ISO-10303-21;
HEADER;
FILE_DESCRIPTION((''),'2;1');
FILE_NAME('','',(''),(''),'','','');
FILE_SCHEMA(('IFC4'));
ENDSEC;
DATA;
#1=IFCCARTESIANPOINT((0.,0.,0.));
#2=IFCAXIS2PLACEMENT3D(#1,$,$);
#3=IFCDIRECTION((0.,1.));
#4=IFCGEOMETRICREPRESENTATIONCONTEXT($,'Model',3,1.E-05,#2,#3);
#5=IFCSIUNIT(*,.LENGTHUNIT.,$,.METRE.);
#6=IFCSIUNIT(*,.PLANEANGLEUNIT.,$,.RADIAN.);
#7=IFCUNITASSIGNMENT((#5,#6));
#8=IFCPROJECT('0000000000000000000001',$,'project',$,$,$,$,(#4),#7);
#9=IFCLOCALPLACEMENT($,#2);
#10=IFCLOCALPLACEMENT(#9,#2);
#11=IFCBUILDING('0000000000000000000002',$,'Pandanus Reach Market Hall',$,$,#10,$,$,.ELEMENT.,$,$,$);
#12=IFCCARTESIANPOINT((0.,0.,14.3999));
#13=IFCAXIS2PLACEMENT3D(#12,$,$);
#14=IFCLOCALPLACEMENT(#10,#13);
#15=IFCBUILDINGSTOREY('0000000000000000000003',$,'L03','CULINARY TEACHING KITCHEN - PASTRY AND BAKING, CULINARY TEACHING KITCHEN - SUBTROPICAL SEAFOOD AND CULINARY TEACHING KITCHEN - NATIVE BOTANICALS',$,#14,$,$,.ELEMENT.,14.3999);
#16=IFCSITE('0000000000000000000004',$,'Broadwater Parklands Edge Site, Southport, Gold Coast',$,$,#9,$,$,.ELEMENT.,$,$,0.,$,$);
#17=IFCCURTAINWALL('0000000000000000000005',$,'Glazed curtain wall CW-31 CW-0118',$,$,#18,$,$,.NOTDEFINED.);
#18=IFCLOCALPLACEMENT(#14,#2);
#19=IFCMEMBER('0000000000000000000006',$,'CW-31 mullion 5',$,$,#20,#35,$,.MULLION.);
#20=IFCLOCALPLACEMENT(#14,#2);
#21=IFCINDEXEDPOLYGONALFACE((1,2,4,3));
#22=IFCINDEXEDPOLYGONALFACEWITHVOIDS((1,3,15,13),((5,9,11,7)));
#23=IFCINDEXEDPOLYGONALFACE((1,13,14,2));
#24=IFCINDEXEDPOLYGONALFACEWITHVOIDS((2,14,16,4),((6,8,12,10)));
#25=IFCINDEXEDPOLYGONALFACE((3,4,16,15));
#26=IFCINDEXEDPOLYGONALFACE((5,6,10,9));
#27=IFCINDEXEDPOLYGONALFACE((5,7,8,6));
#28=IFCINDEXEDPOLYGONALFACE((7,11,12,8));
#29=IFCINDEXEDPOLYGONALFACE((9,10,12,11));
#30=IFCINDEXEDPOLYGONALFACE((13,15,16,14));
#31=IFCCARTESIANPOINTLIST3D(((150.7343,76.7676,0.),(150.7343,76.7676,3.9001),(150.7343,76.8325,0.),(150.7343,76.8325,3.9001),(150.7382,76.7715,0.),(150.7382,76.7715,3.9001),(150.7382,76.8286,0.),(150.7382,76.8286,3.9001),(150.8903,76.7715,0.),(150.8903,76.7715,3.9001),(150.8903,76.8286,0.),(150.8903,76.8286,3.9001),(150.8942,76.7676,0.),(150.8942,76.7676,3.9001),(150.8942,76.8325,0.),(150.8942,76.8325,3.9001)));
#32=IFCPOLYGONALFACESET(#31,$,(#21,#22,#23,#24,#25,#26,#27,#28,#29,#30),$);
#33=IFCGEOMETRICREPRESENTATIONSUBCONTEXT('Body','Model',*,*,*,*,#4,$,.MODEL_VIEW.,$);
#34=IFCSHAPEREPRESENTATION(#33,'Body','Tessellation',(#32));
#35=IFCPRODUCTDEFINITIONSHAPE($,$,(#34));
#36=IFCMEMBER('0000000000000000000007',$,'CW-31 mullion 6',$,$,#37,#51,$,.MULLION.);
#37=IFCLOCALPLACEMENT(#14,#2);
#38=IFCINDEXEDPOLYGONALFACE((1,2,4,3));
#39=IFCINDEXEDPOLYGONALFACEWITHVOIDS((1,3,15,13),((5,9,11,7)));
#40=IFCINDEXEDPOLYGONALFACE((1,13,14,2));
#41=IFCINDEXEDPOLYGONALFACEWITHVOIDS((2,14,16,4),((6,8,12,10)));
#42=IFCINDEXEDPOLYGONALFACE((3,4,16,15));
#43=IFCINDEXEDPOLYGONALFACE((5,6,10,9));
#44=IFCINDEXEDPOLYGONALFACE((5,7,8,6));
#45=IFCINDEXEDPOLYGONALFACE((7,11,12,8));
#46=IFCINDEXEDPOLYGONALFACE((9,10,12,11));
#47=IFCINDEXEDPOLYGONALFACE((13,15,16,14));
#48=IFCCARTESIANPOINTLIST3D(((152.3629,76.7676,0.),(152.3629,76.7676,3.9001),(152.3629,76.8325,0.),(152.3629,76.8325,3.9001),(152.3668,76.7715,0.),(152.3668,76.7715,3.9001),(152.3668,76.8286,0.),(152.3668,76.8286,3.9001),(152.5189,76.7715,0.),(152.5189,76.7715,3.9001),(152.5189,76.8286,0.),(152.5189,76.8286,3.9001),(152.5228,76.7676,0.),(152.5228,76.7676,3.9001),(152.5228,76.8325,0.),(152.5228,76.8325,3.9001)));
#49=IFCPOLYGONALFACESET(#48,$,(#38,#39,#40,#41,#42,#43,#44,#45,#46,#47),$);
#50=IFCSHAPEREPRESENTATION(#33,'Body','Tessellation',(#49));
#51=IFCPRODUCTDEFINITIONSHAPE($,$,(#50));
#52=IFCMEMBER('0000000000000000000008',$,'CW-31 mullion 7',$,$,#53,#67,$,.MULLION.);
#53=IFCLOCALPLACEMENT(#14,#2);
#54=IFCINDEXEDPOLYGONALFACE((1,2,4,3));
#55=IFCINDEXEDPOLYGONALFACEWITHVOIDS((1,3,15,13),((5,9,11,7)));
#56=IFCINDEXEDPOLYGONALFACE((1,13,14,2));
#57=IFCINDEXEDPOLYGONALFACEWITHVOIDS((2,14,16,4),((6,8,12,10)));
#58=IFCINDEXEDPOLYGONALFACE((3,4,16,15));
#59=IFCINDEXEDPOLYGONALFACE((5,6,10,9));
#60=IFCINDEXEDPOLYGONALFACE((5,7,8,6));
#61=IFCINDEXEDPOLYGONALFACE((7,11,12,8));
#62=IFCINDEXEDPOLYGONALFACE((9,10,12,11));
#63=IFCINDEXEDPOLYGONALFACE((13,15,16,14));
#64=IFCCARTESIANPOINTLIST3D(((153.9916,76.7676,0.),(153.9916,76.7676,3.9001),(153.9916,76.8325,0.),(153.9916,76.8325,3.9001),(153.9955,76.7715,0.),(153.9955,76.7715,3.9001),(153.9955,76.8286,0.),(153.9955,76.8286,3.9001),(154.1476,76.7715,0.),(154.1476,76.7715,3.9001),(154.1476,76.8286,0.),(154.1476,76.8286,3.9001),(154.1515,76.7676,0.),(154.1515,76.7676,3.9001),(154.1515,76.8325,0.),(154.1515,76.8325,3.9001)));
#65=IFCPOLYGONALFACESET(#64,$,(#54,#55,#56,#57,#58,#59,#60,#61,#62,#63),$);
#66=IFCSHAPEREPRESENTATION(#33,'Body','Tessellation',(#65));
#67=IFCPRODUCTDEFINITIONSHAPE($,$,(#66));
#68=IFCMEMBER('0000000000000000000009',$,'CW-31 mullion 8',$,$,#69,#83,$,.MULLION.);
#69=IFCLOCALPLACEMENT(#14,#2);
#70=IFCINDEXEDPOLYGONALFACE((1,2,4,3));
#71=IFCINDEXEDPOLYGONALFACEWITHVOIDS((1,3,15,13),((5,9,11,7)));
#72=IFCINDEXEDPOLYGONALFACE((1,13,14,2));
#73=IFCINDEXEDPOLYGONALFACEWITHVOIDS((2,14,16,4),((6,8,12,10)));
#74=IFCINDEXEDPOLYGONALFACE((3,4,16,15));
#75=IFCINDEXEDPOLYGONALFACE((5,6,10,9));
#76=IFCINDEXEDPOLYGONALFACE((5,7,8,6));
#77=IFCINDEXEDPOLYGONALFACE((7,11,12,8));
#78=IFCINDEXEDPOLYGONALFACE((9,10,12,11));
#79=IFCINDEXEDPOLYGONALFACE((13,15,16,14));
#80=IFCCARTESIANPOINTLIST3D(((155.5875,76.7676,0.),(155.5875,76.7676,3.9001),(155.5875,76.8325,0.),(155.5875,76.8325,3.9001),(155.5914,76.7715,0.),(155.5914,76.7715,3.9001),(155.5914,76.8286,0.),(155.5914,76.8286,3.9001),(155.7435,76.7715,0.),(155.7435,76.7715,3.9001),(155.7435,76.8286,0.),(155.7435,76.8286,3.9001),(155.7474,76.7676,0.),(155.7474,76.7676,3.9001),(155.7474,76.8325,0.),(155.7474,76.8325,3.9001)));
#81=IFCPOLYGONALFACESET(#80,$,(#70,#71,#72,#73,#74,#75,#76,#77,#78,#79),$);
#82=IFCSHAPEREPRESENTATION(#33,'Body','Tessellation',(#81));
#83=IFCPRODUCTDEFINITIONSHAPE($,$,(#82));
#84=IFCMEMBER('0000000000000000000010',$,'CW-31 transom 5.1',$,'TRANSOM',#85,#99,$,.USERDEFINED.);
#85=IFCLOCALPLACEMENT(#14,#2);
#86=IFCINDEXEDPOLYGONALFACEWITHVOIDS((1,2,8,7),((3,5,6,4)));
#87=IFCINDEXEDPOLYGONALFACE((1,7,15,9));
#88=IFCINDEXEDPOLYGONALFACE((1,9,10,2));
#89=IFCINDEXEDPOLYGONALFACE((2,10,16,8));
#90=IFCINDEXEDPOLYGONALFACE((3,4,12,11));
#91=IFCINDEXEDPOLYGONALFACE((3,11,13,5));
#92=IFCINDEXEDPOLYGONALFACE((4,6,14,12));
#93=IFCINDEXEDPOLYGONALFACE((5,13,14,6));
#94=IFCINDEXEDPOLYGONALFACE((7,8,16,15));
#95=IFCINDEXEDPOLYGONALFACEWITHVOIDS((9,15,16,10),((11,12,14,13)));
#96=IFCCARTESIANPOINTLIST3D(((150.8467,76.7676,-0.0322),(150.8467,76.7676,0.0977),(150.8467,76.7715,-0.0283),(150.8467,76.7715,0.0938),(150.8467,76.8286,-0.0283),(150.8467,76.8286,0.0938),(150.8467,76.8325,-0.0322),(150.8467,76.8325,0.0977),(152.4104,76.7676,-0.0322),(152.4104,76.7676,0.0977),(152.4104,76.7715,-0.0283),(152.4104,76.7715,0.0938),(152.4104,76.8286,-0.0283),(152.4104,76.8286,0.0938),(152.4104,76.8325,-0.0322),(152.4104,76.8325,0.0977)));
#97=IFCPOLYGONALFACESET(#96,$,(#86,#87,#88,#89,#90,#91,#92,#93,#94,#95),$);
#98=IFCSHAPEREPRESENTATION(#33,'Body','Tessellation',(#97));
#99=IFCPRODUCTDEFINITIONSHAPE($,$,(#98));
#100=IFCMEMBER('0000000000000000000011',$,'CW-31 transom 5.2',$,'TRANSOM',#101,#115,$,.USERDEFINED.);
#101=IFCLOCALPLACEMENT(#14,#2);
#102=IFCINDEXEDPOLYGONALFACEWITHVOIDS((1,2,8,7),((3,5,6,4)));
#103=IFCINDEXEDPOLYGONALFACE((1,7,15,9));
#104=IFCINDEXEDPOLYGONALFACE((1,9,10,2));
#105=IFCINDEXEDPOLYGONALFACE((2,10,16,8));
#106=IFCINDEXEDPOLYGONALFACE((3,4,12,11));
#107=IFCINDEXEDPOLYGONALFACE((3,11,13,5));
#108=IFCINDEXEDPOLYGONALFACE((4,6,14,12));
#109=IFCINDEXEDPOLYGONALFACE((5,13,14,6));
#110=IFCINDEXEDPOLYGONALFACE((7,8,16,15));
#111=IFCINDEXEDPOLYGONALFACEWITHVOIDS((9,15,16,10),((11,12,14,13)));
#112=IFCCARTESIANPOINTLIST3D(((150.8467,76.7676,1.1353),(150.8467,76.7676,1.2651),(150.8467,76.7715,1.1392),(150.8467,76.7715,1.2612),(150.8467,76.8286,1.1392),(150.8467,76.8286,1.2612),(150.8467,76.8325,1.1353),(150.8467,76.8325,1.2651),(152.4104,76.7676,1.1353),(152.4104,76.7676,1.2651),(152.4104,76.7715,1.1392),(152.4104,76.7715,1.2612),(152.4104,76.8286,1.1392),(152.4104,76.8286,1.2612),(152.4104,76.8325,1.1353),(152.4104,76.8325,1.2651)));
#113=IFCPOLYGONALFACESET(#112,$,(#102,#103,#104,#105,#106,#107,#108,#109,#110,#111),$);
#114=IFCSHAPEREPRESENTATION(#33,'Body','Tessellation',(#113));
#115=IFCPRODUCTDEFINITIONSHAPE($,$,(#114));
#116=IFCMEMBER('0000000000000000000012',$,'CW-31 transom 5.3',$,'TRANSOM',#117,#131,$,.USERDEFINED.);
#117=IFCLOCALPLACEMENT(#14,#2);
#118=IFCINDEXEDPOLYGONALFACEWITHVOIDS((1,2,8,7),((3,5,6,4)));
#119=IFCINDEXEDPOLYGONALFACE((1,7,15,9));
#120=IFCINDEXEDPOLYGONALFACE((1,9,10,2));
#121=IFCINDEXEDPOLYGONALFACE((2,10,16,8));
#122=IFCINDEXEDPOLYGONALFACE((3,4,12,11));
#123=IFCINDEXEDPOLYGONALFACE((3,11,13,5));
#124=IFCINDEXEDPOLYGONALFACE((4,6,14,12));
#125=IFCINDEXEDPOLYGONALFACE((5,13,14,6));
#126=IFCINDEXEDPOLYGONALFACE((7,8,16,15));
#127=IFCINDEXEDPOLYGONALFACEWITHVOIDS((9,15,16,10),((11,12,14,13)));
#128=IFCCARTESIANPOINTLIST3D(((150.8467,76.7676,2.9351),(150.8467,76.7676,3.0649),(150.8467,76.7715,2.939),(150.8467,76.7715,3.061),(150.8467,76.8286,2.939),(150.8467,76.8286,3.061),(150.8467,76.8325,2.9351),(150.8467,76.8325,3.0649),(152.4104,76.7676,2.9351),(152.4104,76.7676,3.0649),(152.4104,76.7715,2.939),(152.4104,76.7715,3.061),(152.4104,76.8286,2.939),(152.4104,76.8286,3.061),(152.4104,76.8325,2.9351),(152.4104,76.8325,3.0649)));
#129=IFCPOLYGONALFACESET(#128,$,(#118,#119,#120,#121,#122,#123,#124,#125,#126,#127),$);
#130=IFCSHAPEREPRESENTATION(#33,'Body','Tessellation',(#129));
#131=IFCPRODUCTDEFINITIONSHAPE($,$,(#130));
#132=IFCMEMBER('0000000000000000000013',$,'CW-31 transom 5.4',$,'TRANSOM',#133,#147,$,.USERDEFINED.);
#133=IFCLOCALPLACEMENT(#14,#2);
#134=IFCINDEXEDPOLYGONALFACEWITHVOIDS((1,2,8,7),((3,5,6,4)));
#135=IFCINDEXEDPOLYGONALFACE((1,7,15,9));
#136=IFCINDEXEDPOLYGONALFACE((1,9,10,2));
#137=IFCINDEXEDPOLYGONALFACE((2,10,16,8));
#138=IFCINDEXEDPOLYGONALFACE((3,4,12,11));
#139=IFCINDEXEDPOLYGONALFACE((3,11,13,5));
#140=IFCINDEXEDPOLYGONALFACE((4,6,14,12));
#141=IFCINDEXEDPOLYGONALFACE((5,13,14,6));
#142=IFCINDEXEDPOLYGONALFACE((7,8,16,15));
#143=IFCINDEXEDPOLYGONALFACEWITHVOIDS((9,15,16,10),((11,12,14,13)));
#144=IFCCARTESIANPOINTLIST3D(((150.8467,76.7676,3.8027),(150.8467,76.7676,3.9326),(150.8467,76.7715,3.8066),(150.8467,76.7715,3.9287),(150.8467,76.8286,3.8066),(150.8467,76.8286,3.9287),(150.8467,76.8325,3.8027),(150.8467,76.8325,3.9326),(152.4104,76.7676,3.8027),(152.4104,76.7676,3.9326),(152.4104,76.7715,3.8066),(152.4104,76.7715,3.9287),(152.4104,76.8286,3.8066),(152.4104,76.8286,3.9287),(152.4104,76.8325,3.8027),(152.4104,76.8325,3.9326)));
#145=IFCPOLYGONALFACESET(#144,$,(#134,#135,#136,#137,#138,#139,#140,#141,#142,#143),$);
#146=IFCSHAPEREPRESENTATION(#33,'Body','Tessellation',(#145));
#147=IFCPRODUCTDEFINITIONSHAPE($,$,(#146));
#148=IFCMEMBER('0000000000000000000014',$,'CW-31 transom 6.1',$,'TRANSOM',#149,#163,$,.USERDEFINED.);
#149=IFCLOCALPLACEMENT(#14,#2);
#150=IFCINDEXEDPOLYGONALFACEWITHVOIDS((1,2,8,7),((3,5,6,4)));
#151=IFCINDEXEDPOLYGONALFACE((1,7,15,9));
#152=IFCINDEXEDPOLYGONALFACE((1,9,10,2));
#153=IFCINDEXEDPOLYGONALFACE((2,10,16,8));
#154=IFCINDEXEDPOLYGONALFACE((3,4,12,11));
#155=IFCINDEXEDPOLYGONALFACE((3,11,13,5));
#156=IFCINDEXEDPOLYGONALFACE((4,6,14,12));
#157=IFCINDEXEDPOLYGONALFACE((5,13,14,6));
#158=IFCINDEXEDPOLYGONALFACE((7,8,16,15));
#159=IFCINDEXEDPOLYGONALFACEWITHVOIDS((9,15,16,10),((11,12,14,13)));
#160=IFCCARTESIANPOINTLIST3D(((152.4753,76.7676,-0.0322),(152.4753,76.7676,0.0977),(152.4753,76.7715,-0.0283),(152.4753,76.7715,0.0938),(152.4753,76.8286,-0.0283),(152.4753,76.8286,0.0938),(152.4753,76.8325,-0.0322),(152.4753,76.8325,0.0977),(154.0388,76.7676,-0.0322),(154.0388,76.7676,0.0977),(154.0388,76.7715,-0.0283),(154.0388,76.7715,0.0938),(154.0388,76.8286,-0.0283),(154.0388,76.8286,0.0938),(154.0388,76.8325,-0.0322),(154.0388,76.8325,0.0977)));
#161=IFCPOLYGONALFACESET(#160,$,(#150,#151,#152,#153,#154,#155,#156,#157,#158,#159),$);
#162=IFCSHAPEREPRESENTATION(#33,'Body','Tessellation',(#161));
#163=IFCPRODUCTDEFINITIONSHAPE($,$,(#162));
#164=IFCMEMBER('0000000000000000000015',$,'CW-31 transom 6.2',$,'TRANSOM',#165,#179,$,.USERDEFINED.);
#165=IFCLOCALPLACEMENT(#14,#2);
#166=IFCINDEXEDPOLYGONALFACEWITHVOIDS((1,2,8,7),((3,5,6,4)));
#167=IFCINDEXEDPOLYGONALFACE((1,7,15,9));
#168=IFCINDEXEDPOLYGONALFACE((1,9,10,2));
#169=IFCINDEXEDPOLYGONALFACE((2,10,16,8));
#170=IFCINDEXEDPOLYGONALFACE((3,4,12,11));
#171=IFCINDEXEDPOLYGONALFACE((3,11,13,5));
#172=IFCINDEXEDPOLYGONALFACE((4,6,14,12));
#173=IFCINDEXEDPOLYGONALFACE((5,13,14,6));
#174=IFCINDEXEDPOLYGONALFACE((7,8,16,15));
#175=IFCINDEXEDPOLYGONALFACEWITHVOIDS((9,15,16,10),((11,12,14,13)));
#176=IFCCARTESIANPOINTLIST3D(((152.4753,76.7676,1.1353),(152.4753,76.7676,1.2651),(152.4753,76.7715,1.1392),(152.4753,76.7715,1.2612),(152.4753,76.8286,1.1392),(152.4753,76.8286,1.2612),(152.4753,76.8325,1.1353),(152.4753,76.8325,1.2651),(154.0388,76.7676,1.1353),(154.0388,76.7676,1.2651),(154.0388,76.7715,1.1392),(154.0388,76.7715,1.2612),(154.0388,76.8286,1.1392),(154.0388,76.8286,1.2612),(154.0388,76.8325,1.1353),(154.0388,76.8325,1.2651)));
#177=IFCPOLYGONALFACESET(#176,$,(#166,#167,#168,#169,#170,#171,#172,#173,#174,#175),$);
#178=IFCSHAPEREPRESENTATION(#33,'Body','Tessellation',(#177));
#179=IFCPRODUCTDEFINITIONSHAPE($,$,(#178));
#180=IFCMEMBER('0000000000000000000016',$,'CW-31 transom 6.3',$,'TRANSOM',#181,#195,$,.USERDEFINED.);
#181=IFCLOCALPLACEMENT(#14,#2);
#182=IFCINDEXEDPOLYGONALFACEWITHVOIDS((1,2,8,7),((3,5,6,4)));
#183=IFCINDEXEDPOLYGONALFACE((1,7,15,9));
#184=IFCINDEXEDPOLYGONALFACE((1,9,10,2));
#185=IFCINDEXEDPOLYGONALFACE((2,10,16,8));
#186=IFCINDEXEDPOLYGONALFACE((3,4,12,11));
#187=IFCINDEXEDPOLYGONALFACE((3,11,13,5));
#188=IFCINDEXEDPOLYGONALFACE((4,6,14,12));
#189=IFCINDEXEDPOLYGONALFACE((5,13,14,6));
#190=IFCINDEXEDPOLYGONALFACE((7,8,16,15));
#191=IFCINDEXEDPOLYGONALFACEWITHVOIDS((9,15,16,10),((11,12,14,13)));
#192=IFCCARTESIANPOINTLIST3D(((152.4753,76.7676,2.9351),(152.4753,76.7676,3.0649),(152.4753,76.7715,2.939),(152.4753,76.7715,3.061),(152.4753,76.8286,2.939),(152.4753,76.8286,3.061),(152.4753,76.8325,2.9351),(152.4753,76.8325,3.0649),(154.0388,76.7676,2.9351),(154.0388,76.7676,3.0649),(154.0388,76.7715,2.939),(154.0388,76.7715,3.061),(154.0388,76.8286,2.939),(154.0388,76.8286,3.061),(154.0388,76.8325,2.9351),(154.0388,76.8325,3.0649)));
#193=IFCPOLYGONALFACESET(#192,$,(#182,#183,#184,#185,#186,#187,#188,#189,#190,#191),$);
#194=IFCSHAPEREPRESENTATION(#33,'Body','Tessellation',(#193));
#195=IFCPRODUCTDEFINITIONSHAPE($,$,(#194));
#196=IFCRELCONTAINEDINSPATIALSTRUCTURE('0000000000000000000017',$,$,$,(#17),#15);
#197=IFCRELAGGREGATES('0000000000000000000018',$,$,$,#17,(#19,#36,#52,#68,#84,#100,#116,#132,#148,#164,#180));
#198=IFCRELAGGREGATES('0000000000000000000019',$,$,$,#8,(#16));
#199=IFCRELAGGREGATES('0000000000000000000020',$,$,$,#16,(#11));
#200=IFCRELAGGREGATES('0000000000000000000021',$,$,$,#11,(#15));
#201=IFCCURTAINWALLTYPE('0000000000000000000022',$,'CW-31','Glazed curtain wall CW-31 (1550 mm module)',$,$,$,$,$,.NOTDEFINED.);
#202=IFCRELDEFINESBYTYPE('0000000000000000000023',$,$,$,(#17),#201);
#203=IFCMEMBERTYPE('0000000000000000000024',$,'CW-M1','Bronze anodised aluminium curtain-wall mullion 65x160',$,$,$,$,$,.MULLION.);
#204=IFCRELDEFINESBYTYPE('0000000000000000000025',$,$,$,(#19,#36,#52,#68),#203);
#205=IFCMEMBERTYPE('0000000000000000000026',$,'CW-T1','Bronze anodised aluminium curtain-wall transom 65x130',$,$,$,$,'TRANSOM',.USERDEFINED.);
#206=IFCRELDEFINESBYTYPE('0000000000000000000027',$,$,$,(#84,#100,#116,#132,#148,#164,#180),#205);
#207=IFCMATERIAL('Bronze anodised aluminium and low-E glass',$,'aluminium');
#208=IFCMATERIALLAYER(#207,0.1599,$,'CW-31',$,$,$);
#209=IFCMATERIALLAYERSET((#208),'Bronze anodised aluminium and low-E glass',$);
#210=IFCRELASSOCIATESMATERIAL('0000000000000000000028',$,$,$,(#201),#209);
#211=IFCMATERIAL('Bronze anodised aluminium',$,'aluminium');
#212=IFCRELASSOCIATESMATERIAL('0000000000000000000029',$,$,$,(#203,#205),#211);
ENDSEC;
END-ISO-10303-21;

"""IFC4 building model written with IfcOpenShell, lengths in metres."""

from ifc_helpers import new_model, si_unit, direction, frame, origin, origin_2d, place, context, subcontext, project, spatial, hollow_rectangle, extrude, material, layer, layer_set, material_profile, profile_set, type_object, element, aggregate, save


model = new_model("IFC4")

# Units and contexts
model_context = context("Model", 3, precision=1e-05, world=origin(), true_north=direction((0.0, 1.0)))
body_context = subcontext(model_context, "Body", "Model", "MODEL_VIEW")
ifc_project = project(units=[si_unit("LENGTHUNIT", "METRE"), si_unit("PLANEANGLEUNIT", "RADIAN")], contexts=[model_context])

# Site, building, storey
site_placement = place(None, origin())
site = spatial("IfcSite", under=ifc_project, at=site_placement, Name="Broadwater Parklands Edge Site, Southport, Gold Coast", CompositionType="ELEMENT", RefElevation=0.0)
building_placement = place(site_placement, origin())
building = spatial("IfcBuilding", under=site, at=building_placement, Name="Pandanus Reach Market Hall", CompositionType="ELEMENT")
storey_placement = place(building_placement, frame((0.0, 0.0, 14.3999)))
storey = spatial("IfcBuildingStorey", under=building, at=storey_placement, Name="L03", Description="CULINARY TEACHING KITCHEN - PASTRY AND BAKING, CULINARY TEACHING KITCHEN - SUBTROPICAL SEAFOOD AND CULINARY TEACHING KITCHEN - NATIVE BOTANICALS", CompositionType="ELEMENT", Elevation=14.3999)

# Curtain wall, members
ifc_material_1 = material(Name="Bronze anodised aluminium and low-E glass", Category="aluminium")
ifc_layer_1 = layer(ifc_material_1, 0.1599, Name="CW-31")
ifc_layer_set_1 = layer_set([ifc_layer_1], Name="Bronze anodised aluminium and low-E glass")
curtain_wall_type = type_object("IfcCurtainWallType", Name="CW-31", Description="Glazed curtain wall CW-31 (1550 mm module)", PredefinedType="NOTDEFINED", material=ifc_layer_set_1)
curtain_wall_placement = place(storey_placement, origin())
curtain_wall = element("IfcCurtainWall", 1, at=curtain_wall_placement, inside=storey, type_object=curtain_wall_type, Name="Glazed curtain wall CW-31 CW-0118", PredefinedType="NOTDEFINED")
ifc_material_2 = material(Name="Bronze anodised aluminium", Category="aluminium")
ifc_material_profile_1 = material_profile(ifc_material_2, hollow_rectangle(XDim=0.0649, YDim=0.1599, WallThickness=0.0039, at=origin_2d()), Name="ALU65x160", Category="LoadBearing")
ifc_profile_set_1 = profile_set([ifc_material_profile_1], Name="Bronze anodised aluminium")
member_type_1 = type_object("IfcMemberType", Name="CW-M1", Description="Bronze anodised aluminium curtain-wall mullion 65x160", PredefinedType="MULLION", material=ifc_profile_set_1)
member_1_placement = place(storey_placement, frame((150.8142, 76.8, 0.0), z_axis=(0.0, 0.0, 1.0), x_axis=(0.0, 1.0, 0.0)))
member_1 = element("IfcMember", 2, at=member_1_placement, type_object=member_type_1, Name="CW-31 mullion 5", PredefinedType="MULLION", context=body_context, shape_type="SweptSolid", body=[
    extrude(hollow_rectangle(XDim=0.0649, YDim=0.1599, WallThickness=0.0039, at=origin_2d()), origin(), (0.0, 0.0, 1.0), 3.9001),
])
member_2_placement = place(storey_placement, frame((152.4429, 76.8, 0.0), z_axis=(0.0, 0.0, 1.0), x_axis=(0.0, 1.0, 0.0)))
member_2 = element("IfcMember", 3, at=member_2_placement, type_object=member_type_1, Name="CW-31 mullion 6", PredefinedType="MULLION", context=body_context, shape_type="SweptSolid", body=[
    extrude(hollow_rectangle(XDim=0.0649, YDim=0.1599, WallThickness=0.0039, at=origin_2d()), origin(), (0.0, 0.0, 1.0), 3.9001),
])
member_3_placement = place(storey_placement, frame((154.0715, 76.8, 0.0), z_axis=(0.0, 0.0, 1.0), x_axis=(0.0, 1.0, 0.0)))
member_3 = element("IfcMember", 4, at=member_3_placement, type_object=member_type_1, Name="CW-31 mullion 7", PredefinedType="MULLION", context=body_context, shape_type="SweptSolid", body=[
    extrude(hollow_rectangle(XDim=0.0649, YDim=0.1599, WallThickness=0.0039, at=origin_2d()), origin(), (0.0, 0.0, 1.0), 3.9001),
])
member_4_placement = place(storey_placement, frame((155.6675, 76.8, 0.0), z_axis=(0.0, 0.0, 1.0), x_axis=(0.0, 1.0, 0.0)))
member_4 = element("IfcMember", 5, at=member_4_placement, type_object=member_type_1, Name="CW-31 mullion 8", PredefinedType="MULLION", context=body_context, shape_type="SweptSolid", body=[
    extrude(hollow_rectangle(XDim=0.0649, YDim=0.1599, WallThickness=0.0039, at=origin_2d()), origin(), (0.0, 0.0, 1.0), 3.9001),
])
ifc_material_profile_2 = material_profile(ifc_material_2, hollow_rectangle(XDim=0.0649, YDim=0.1299, WallThickness=0.0039, at=origin_2d()), Name="ALU65x130", Category="LoadBearing")
ifc_profile_set_2 = profile_set([ifc_material_profile_2], Name="Bronze anodised aluminium")
member_type_2 = type_object("IfcMemberType", Name="CW-T1", Description="Bronze anodised aluminium curtain-wall transom 65x130", ElementType="TRANSOM", PredefinedType="USERDEFINED", material=ifc_profile_set_2)
member_5_placement = place(storey_placement, frame((150.8467, 76.8, 0.0327), z_axis=(1.0, 0.0, 0.0), x_axis=(0.0, 1.0, 0.0)))
member_5 = element("IfcMember", 6, at=member_5_placement, type_object=member_type_2, Name="CW-31 transom 5.1", ObjectType="TRANSOM", PredefinedType="USERDEFINED", context=body_context, shape_type="SweptSolid", body=[
    extrude(hollow_rectangle(XDim=0.0649, YDim=0.1299, WallThickness=0.0039, at=origin_2d()), origin(), (0.0, 0.0, 1.0), 1.5637),
])
member_6_placement = place(storey_placement, frame((150.8467, 76.8, 1.2002), z_axis=(1.0, 0.0, 0.0), x_axis=(0.0, 1.0, 0.0)))
member_6 = element("IfcMember", 7, at=member_6_placement, type_object=member_type_2, Name="CW-31 transom 5.2", ObjectType="TRANSOM", PredefinedType="USERDEFINED", context=body_context, shape_type="SweptSolid", body=[
    extrude(hollow_rectangle(XDim=0.0649, YDim=0.1299, WallThickness=0.0039, at=origin_2d()), origin(), (0.0, 0.0, 1.0), 1.5637),
])
member_7_placement = place(storey_placement, frame((150.8467, 76.8, 3.0), z_axis=(1.0, 0.0, 0.0), x_axis=(0.0, 1.0, 0.0)))
member_7 = element("IfcMember", 8, at=member_7_placement, type_object=member_type_2, Name="CW-31 transom 5.3", ObjectType="TRANSOM", PredefinedType="USERDEFINED", context=body_context, shape_type="SweptSolid", body=[
    extrude(hollow_rectangle(XDim=0.0649, YDim=0.1299, WallThickness=0.0039, at=origin_2d()), origin(), (0.0, 0.0, 1.0), 1.5637),
])
member_8_placement = place(storey_placement, frame((150.8467, 76.8, 3.8677), z_axis=(1.0, 0.0, 0.0), x_axis=(0.0, 1.0, 0.0)))
member_8 = element("IfcMember", 9, at=member_8_placement, type_object=member_type_2, Name="CW-31 transom 5.4", ObjectType="TRANSOM", PredefinedType="USERDEFINED", context=body_context, shape_type="SweptSolid", body=[
    extrude(hollow_rectangle(XDim=0.0649, YDim=0.1299, WallThickness=0.0039, at=origin_2d()), origin(), (0.0, 0.0, 1.0), 1.5637),
])
member_9_placement = place(storey_placement, frame((152.4753, 76.8, 0.0327), z_axis=(1.0, 0.0, 0.0), x_axis=(0.0, 1.0, 0.0)))
member_9 = element("IfcMember", 10, at=member_9_placement, type_object=member_type_2, Name="CW-31 transom 6.1", ObjectType="TRANSOM", PredefinedType="USERDEFINED", context=body_context, shape_type="SweptSolid", body=[
    extrude(hollow_rectangle(XDim=0.0649, YDim=0.1299, WallThickness=0.0039, at=origin_2d()), origin(), (0.0, 0.0, 1.0), 1.5635),
])
member_10_placement = place(storey_placement, frame((152.4753, 76.8, 1.2002), z_axis=(1.0, 0.0, 0.0), x_axis=(0.0, 1.0, 0.0)))
member_10 = element("IfcMember", 11, at=member_10_placement, type_object=member_type_2, Name="CW-31 transom 6.2", ObjectType="TRANSOM", PredefinedType="USERDEFINED", context=body_context, shape_type="SweptSolid", body=[
    extrude(hollow_rectangle(XDim=0.0649, YDim=0.1299, WallThickness=0.0039, at=origin_2d()), origin(), (0.0, 0.0, 1.0), 1.5635),
])
member_11_placement = place(storey_placement, frame((152.4753, 76.8, 3.0), z_axis=(1.0, 0.0, 0.0), x_axis=(0.0, 1.0, 0.0)))
member_11 = element("IfcMember", 12, at=member_11_placement, type_object=member_type_2, Name="CW-31 transom 6.3", ObjectType="TRANSOM", PredefinedType="USERDEFINED", context=body_context, shape_type="SweptSolid", body=[
    extrude(hollow_rectangle(XDim=0.0649, YDim=0.1299, WallThickness=0.0039, at=origin_2d()), origin(), (0.0, 0.0, 1.0), 1.5635),
])
aggregate(curtain_wall, [member_1, member_2, member_3, member_4, member_5, member_6, member_7, member_8, member_9, member_10, member_11])

save(model, "model.ifc")
